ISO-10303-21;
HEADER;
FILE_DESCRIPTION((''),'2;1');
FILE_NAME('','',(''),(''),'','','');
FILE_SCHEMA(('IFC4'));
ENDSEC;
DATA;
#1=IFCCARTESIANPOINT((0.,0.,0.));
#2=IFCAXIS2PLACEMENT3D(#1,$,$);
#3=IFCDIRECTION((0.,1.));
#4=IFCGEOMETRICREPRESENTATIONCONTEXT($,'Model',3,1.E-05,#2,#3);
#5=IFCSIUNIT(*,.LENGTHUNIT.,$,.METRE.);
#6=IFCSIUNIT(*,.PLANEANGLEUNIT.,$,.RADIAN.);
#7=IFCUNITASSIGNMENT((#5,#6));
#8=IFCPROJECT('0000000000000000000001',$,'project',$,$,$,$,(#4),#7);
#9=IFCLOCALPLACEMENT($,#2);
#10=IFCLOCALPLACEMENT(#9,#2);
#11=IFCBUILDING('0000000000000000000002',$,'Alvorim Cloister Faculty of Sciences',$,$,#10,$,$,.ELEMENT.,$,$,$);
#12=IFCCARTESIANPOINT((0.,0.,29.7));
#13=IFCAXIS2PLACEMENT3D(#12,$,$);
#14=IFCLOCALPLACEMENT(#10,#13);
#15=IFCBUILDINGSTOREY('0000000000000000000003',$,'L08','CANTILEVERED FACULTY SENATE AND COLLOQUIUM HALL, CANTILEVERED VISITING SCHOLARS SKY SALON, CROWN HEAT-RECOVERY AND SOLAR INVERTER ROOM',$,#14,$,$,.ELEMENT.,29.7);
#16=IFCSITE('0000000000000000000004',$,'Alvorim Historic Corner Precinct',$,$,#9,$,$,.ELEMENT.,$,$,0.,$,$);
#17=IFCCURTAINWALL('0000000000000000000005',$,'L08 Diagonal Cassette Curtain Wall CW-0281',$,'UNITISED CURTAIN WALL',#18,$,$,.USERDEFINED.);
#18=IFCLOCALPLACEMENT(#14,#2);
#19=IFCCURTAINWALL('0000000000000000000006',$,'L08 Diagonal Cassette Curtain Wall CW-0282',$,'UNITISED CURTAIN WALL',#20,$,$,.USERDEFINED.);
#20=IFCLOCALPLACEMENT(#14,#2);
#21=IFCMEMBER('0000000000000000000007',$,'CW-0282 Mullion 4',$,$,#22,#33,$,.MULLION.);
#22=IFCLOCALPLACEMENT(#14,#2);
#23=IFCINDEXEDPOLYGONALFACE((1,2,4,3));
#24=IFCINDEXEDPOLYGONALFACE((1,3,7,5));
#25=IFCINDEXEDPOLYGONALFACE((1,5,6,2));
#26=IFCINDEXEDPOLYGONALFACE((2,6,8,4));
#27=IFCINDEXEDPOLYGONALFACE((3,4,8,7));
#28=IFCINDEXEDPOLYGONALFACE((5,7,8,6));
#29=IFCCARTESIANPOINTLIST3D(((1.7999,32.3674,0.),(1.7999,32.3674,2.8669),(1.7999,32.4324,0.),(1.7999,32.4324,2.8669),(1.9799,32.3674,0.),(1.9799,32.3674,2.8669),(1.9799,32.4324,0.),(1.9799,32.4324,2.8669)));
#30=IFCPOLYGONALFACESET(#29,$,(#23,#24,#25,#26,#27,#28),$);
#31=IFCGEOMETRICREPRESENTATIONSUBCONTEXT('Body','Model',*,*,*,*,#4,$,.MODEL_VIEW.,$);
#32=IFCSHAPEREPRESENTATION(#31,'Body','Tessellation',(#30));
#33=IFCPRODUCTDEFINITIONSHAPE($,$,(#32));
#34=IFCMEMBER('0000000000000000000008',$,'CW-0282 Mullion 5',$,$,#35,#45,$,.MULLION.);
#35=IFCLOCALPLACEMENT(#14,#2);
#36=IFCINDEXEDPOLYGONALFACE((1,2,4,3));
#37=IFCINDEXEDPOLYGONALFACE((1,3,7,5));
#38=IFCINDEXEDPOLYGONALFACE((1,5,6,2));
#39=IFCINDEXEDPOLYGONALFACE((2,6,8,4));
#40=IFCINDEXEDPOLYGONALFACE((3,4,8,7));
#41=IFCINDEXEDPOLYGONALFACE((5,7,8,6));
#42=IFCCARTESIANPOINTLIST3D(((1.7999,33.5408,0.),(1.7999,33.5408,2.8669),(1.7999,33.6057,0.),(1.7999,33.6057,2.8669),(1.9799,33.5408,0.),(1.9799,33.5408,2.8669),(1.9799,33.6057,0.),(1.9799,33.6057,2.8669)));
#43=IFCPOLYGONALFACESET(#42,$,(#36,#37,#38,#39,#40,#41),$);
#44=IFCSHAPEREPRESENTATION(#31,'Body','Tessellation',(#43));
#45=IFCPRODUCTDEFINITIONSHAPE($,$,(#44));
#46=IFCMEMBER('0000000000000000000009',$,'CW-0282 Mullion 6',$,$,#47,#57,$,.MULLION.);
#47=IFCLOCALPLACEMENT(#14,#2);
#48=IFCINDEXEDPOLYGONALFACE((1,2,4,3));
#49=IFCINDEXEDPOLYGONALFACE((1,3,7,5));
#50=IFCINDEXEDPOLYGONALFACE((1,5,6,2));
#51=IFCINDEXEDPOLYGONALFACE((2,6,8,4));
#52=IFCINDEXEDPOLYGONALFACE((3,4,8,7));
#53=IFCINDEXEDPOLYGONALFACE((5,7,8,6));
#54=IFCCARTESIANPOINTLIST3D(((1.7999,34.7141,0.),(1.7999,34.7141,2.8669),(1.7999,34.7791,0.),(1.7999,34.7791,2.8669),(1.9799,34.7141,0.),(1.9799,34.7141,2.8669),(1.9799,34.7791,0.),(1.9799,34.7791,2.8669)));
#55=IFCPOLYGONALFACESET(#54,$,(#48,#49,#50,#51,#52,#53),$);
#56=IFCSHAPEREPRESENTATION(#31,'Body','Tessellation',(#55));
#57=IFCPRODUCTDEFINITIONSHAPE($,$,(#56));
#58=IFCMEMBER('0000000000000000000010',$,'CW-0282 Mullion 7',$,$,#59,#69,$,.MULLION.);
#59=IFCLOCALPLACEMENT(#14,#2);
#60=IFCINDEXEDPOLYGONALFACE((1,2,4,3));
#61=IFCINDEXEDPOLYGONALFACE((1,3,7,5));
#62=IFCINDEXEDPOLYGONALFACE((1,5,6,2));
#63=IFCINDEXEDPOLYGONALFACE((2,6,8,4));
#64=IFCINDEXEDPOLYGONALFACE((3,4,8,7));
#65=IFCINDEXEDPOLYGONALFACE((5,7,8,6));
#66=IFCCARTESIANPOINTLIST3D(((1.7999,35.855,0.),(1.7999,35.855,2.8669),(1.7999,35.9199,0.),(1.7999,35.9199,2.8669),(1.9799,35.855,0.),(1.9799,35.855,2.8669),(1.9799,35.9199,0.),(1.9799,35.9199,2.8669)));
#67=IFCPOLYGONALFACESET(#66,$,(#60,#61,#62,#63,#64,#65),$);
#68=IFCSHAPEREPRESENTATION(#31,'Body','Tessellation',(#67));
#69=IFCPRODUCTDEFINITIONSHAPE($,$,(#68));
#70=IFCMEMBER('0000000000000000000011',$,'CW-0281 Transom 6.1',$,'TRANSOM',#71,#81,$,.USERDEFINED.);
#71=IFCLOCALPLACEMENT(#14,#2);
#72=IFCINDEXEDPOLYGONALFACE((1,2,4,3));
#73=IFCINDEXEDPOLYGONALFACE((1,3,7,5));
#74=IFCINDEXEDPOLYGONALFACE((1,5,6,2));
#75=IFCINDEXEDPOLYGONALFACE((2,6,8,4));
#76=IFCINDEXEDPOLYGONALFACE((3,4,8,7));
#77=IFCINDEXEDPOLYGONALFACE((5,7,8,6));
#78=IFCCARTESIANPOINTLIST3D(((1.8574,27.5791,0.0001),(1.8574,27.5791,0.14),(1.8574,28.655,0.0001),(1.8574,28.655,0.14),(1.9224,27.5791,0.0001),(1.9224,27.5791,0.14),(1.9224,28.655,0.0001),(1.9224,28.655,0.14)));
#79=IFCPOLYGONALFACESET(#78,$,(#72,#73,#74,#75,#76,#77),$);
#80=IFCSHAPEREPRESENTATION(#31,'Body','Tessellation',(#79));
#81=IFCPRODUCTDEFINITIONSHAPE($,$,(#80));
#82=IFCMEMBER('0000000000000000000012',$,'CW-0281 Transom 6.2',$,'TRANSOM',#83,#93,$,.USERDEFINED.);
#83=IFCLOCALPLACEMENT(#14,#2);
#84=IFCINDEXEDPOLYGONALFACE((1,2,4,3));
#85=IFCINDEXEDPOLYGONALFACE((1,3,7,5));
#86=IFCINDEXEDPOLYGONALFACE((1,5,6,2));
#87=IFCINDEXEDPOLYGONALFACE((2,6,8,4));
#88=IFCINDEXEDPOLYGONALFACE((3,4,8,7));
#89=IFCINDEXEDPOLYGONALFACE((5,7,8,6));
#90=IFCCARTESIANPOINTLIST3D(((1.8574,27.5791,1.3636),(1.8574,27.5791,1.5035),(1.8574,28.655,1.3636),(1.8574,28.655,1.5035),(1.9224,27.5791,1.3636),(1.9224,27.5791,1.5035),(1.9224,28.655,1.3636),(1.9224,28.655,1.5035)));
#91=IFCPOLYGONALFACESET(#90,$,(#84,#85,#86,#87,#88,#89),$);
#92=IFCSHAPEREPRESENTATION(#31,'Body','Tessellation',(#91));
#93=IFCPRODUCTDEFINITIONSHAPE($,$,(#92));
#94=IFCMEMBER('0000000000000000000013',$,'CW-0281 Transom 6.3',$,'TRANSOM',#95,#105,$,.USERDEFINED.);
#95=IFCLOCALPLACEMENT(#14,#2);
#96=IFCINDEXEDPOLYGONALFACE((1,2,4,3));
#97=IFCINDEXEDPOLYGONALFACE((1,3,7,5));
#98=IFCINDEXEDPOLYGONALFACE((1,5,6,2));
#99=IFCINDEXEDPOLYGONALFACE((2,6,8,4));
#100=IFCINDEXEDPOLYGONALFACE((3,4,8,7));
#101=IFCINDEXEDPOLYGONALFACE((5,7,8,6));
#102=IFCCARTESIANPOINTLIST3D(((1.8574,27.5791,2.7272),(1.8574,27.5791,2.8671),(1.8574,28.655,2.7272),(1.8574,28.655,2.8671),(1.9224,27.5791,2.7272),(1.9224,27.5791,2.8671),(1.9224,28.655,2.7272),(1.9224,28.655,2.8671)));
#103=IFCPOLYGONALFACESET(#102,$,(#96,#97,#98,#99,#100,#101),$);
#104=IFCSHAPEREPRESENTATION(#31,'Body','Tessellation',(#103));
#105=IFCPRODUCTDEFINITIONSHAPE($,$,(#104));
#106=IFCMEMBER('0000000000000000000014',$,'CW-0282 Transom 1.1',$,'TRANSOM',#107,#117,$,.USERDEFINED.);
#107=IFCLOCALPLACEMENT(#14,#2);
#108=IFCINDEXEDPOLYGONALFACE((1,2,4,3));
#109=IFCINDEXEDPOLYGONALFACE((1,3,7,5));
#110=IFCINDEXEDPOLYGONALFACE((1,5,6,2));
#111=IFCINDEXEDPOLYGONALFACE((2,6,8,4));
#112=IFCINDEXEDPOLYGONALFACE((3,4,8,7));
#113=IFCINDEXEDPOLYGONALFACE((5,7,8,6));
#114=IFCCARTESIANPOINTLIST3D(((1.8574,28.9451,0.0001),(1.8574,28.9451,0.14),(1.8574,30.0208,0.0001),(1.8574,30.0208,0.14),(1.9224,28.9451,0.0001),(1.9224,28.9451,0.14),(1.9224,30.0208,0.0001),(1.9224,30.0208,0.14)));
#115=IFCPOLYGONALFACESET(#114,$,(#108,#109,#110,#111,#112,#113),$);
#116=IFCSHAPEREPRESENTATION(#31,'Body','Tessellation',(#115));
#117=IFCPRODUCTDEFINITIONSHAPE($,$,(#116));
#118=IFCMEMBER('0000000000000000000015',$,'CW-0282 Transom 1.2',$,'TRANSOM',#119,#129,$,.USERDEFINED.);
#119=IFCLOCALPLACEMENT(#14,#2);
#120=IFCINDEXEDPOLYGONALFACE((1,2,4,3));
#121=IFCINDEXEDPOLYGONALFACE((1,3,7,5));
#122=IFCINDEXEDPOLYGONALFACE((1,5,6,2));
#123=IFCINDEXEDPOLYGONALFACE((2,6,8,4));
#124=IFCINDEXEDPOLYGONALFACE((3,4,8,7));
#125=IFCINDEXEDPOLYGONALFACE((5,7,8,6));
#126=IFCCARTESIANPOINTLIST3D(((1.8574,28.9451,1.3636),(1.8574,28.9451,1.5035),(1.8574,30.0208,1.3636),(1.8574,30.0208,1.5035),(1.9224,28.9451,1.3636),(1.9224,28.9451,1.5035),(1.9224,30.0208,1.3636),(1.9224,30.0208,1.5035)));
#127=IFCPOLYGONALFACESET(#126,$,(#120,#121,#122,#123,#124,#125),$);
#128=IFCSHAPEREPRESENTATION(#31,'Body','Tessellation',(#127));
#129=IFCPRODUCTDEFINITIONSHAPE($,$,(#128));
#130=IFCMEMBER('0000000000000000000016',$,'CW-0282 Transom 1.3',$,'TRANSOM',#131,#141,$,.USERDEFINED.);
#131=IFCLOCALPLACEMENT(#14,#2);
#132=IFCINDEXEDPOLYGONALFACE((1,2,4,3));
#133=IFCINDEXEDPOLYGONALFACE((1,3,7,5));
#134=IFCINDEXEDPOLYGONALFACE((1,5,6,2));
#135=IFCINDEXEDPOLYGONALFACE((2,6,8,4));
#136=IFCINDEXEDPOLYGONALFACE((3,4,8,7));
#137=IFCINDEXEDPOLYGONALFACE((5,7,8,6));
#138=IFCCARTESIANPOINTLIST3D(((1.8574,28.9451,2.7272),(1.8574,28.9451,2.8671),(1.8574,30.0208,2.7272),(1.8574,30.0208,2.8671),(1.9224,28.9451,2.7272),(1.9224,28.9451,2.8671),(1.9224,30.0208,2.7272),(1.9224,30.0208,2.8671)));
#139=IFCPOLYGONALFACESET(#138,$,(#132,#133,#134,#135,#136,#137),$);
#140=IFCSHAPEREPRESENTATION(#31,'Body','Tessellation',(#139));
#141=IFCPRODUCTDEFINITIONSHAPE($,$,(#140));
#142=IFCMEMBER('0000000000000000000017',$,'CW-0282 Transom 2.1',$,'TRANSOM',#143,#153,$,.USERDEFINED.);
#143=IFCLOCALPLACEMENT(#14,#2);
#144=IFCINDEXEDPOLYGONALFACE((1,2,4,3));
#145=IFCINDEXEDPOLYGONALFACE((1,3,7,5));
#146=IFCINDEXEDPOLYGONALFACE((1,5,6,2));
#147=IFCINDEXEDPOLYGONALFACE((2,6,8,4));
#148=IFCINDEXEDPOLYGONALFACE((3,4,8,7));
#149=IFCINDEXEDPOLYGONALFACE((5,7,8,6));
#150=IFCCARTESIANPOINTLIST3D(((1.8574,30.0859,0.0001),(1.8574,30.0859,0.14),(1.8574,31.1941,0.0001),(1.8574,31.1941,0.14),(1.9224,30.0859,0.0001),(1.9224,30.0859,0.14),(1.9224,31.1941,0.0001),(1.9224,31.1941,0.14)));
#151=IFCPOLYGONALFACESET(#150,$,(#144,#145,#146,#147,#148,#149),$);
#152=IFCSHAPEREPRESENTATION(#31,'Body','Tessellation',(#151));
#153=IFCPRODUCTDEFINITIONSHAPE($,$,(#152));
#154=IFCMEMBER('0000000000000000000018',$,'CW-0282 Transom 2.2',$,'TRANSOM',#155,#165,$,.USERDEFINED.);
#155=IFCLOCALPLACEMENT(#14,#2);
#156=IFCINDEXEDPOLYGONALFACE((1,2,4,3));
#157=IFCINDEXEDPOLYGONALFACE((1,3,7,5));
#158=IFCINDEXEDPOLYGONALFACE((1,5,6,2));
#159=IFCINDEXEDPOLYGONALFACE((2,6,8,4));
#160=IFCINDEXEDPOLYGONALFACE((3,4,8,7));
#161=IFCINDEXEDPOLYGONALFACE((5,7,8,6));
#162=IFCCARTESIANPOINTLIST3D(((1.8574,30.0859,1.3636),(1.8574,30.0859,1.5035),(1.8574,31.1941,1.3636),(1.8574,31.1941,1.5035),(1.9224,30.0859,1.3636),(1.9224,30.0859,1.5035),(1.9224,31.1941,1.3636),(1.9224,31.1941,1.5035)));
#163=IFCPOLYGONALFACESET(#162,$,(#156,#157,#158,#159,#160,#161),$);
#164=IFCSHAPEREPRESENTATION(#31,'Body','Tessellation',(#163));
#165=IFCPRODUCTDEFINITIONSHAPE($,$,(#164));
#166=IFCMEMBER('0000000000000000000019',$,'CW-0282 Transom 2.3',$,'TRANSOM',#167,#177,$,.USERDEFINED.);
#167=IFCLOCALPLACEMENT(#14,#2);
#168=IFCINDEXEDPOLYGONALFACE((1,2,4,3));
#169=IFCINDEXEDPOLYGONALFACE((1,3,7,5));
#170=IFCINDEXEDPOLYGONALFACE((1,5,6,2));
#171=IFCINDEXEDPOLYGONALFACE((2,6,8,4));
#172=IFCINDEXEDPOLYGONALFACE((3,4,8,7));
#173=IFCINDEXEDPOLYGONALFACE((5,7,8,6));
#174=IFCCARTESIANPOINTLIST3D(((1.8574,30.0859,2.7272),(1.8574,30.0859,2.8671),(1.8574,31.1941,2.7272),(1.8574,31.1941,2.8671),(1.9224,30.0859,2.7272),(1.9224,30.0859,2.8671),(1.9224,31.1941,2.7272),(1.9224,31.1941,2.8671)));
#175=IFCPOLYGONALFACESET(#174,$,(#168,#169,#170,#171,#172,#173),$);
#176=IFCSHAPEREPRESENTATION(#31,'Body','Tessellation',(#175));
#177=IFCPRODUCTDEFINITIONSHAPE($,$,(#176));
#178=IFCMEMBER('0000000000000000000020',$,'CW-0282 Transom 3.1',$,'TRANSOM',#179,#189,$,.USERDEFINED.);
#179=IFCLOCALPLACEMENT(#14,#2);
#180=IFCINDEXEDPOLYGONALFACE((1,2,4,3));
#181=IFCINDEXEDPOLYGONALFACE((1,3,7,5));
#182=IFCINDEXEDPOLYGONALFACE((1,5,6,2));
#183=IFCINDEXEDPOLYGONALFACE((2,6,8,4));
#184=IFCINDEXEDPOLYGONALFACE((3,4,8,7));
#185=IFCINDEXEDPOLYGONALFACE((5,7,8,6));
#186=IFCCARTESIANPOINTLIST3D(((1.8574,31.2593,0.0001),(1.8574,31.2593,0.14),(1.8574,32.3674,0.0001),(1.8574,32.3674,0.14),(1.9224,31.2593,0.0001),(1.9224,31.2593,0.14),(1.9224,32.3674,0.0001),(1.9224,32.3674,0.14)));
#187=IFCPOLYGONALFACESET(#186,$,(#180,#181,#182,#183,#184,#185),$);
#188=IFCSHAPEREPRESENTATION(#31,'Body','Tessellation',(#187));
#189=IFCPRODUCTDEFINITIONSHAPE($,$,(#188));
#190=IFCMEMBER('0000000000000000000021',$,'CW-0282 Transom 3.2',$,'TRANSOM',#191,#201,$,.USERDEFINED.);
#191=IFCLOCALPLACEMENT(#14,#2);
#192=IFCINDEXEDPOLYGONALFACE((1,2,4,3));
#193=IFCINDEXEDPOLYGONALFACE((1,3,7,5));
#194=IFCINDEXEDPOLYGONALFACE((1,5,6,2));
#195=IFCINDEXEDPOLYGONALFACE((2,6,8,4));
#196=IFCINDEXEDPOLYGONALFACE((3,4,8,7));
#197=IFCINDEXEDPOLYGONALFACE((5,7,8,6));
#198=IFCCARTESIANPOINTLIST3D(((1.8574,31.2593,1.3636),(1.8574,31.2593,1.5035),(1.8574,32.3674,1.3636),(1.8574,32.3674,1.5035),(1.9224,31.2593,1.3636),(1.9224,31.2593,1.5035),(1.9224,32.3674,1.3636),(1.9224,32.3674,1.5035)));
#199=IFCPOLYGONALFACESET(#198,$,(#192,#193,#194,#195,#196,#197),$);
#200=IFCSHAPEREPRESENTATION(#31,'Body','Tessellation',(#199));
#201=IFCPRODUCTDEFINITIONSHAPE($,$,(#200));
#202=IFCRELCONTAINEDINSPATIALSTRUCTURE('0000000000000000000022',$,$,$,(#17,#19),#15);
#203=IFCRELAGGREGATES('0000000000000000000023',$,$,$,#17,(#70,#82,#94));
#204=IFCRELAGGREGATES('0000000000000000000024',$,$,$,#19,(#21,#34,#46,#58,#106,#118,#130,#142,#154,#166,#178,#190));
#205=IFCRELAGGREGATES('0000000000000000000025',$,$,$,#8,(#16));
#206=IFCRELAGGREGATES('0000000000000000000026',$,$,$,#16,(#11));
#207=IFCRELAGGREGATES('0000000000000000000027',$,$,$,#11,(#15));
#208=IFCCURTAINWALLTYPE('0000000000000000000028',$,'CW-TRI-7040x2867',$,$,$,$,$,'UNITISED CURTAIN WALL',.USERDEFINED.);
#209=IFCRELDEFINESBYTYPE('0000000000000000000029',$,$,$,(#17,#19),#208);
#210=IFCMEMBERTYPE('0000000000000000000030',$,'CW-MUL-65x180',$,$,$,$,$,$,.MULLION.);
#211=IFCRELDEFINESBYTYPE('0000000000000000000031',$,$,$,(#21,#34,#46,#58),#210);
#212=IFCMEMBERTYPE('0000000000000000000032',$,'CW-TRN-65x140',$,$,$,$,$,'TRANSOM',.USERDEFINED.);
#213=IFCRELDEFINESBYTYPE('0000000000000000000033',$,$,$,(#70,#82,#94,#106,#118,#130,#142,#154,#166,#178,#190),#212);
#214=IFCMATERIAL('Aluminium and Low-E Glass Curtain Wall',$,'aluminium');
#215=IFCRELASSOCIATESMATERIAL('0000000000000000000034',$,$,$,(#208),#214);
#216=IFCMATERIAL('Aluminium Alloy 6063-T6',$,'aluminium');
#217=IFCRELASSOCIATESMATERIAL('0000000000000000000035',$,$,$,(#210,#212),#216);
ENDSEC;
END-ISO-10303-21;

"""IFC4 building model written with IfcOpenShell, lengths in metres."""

from ifc_helpers import new_model, si_unit, direction, frame, origin, origin_2d, place, context, subcontext, project, spatial, rectangle, extrude, material, material_profile, profile_set, type_object, element, aggregate, save


model = new_model("IFC4")

# Units and contexts
model_context = context("Model", 3, precision=1e-05, world=origin(), true_north=direction((0.0, 1.0)))
body_context = subcontext(model_context, "Body", "Model", "MODEL_VIEW")
ifc_project = project(units=[si_unit("LENGTHUNIT", "METRE"), si_unit("PLANEANGLEUNIT", "RADIAN")], contexts=[model_context])

# Site, building, storey
site_placement = place(None, origin())
site = spatial("IfcSite", under=ifc_project, at=site_placement, Name="Alvorim Historic Corner Precinct", CompositionType="ELEMENT", RefElevation=0.0)
building_placement = place(site_placement, origin())
building = spatial("IfcBuilding", under=site, at=building_placement, Name="Alvorim Cloister Faculty of Sciences", CompositionType="ELEMENT")
storey_placement = place(building_placement, frame((0.0, 0.0, 29.7)))
storey = spatial("IfcBuildingStorey", under=building, at=storey_placement, Name="L08", Description="CANTILEVERED FACULTY SENATE AND COLLOQUIUM HALL, CANTILEVERED VISITING SCHOLARS SKY SALON, CROWN HEAT-RECOVERY AND SOLAR INVERTER ROOM", CompositionType="ELEMENT", Elevation=29.7)

# Curtain wall
ifc_material_1 = material(Name="Aluminium and Low-E Glass Curtain Wall", Category="aluminium")
curtain_wall_type = type_object("IfcCurtainWallType", Name="CW-TRI-7040x2867", ElementType="UNITISED CURTAIN WALL", PredefinedType="USERDEFINED", material=ifc_material_1)
curtain_wall_1_placement = place(storey_placement, origin())
curtain_wall_1 = element("IfcCurtainWall", 1, at=curtain_wall_1_placement, inside=storey, type_object=curtain_wall_type, Name="L08 Diagonal Cassette Curtain Wall CW-0281", ObjectType="UNITISED CURTAIN WALL", PredefinedType="USERDEFINED")
ifc_material_2 = material(Name="Aluminium Alloy 6063-T6", Category="aluminium")
ifc_material_profile_1 = material_profile(ifc_material_2, rectangle(XDim=0.0649, YDim=0.1799, at=origin_2d()), Name="ALU-MUL-65x180")
ifc_profile_set_1 = profile_set([ifc_material_profile_1], Name="Aluminium Alloy 6063-T6")
member_type_1 = type_object("IfcMemberType", Name="CW-MUL-65x180", PredefinedType="MULLION", material=ifc_profile_set_1)

# Curtain wall, members
curtain_wall_2_placement = place(storey_placement, origin())
curtain_wall_2 = element("IfcCurtainWall", 2, at=curtain_wall_2_placement, inside=storey, type_object=curtain_wall_type, Name="L08 Diagonal Cassette Curtain Wall CW-0282", ObjectType="UNITISED CURTAIN WALL", PredefinedType="USERDEFINED")
member_1_placement = place(storey_placement, frame((1.8899, 32.3999, 0.0), z_axis=(0.0, 0.0, 1.0), x_axis=(0.0, 1.0, 0.0)))
member_1 = element("IfcMember", 3, at=member_1_placement, type_object=member_type_1, Name="CW-0282 Mullion 4", PredefinedType="MULLION", context=body_context, shape_type="SweptSolid", body=[
    extrude(rectangle(XDim=0.0649, YDim=0.1799, at=origin_2d()), origin(), (0.0, 0.0, 1.0), 2.8669),
])
member_2_placement = place(storey_placement, frame((1.8899, 33.5732, 0.0), z_axis=(0.0, 0.0, 1.0), x_axis=(0.0, 1.0, 0.0)))
member_2 = element("IfcMember", 4, at=member_2_placement, type_object=member_type_1, Name="CW-0282 Mullion 5", PredefinedType="MULLION", context=body_context, shape_type="SweptSolid", body=[
    extrude(rectangle(XDim=0.0649, YDim=0.1799, at=origin_2d()), origin(), (0.0, 0.0, 1.0), 2.8669),
])
member_3_placement = place(storey_placement, frame((1.8899, 34.7466, 0.0), z_axis=(0.0, 0.0, 1.0), x_axis=(0.0, 1.0, 0.0)))
member_3 = element("IfcMember", 5, at=member_3_placement, type_object=member_type_1, Name="CW-0282 Mullion 6", PredefinedType="MULLION", context=body_context, shape_type="SweptSolid", body=[
    extrude(rectangle(XDim=0.0649, YDim=0.1799, at=origin_2d()), origin(), (0.0, 0.0, 1.0), 2.8669),
])
member_4_placement = place(storey_placement, frame((1.8899, 35.8875, 0.0), z_axis=(0.0, 0.0, 1.0), x_axis=(0.0, 1.0, 0.0)))
member_4 = element("IfcMember", 6, at=member_4_placement, type_object=member_type_1, Name="CW-0282 Mullion 7", PredefinedType="MULLION", context=body_context, shape_type="SweptSolid", body=[
    extrude(rectangle(XDim=0.0649, YDim=0.1799, at=origin_2d()), origin(), (0.0, 0.0, 1.0), 2.8669),
])

# Members
ifc_material_profile_2 = material_profile(ifc_material_2, rectangle(XDim=0.0649, YDim=0.1399, at=origin_2d()), Name="ALU-TRN-65x140")
ifc_profile_set_2 = profile_set([ifc_material_profile_2], Name="Aluminium Alloy 6063-T6")
member_type_2 = type_object("IfcMemberType", Name="CW-TRN-65x140", ElementType="TRANSOM", PredefinedType="USERDEFINED", material=ifc_profile_set_2)
member_5_placement = place(storey_placement, frame((1.8899, 27.5791, 0.0701), z_axis=(0.0, 1.0, 0.0), x_axis=(-1.0, 0.0, 0.0)))
member_5 = element("IfcMember", 7, at=member_5_placement, type_object=member_type_2, Name="CW-0281 Transom 6.1", ObjectType="TRANSOM", PredefinedType="USERDEFINED", context=body_context, shape_type="SweptSolid", body=[
    extrude(rectangle(XDim=0.0649, YDim=0.1399, at=origin_2d()), origin(), (0.0, 0.0, 1.0), 1.0759),
])
member_6_placement = place(storey_placement, frame((1.8899, 27.5791, 1.4336), z_axis=(0.0, 1.0, 0.0), x_axis=(-1.0, 0.0, 0.0)))
member_6 = element("IfcMember", 8, at=member_6_placement, type_object=member_type_2, Name="CW-0281 Transom 6.2", ObjectType="TRANSOM", PredefinedType="USERDEFINED", context=body_context, shape_type="SweptSolid", body=[
    extrude(rectangle(XDim=0.0649, YDim=0.1399, at=origin_2d()), origin(), (0.0, 0.0, 1.0), 1.0759),
])
member_7_placement = place(storey_placement, frame((1.8899, 27.5791, 2.7971), z_axis=(0.0, 1.0, 0.0), x_axis=(-1.0, 0.0, 0.0)))
member_7 = element("IfcMember", 9, at=member_7_placement, type_object=member_type_2, Name="CW-0281 Transom 6.3", ObjectType="TRANSOM", PredefinedType="USERDEFINED", context=body_context, shape_type="SweptSolid", body=[
    extrude(rectangle(XDim=0.0649, YDim=0.1399, at=origin_2d()), origin(), (0.0, 0.0, 1.0), 1.0759),
])
aggregate(curtain_wall_1, [member_5, member_6, member_7])
member_8_placement = place(storey_placement, frame((1.8899, 28.9451, 0.0701), z_axis=(0.0, 1.0, 0.0), x_axis=(-1.0, 0.0, 0.0)))
member_8 = element("IfcMember", 10, at=member_8_placement, type_object=member_type_2, Name="CW-0282 Transom 1.1", ObjectType="TRANSOM", PredefinedType="USERDEFINED", context=body_context, shape_type="SweptSolid", body=[
    extrude(rectangle(XDim=0.0649, YDim=0.1399, at=origin_2d()), origin(), (0.0, 0.0, 1.0), 1.0757),
])
member_9_placement = place(storey_placement, frame((1.8899, 28.9451, 1.4336), z_axis=(0.0, 1.0, 0.0), x_axis=(-1.0, 0.0, 0.0)))
member_9 = element("IfcMember", 11, at=member_9_placement, type_object=member_type_2, Name="CW-0282 Transom 1.2", ObjectType="TRANSOM", PredefinedType="USERDEFINED", context=body_context, shape_type="SweptSolid", body=[
    extrude(rectangle(XDim=0.0649, YDim=0.1399, at=origin_2d()), origin(), (0.0, 0.0, 1.0), 1.0757),
])
member_10_placement = place(storey_placement, frame((1.8899, 28.9451, 2.7971), z_axis=(0.0, 1.0, 0.0), x_axis=(-1.0, 0.0, 0.0)))
member_10 = element("IfcMember", 12, at=member_10_placement, type_object=member_type_2, Name="CW-0282 Transom 1.3", ObjectType="TRANSOM", PredefinedType="USERDEFINED", context=body_context, shape_type="SweptSolid", body=[
    extrude(rectangle(XDim=0.0649, YDim=0.1399, at=origin_2d()), origin(), (0.0, 0.0, 1.0), 1.0757),
])
member_11_placement = place(storey_placement, frame((1.8899, 30.0859, 0.0701), z_axis=(0.0, 1.0, 0.0), x_axis=(-1.0, 0.0, 0.0)))
member_11 = element("IfcMember", 13, at=member_11_placement, type_object=member_type_2, Name="CW-0282 Transom 2.1", ObjectType="TRANSOM", PredefinedType="USERDEFINED", context=body_context, shape_type="SweptSolid", body=[
    extrude(rectangle(XDim=0.0649, YDim=0.1399, at=origin_2d()), origin(), (0.0, 0.0, 1.0), 1.1082),
])
member_12_placement = place(storey_placement, frame((1.8899, 30.0859, 1.4336), z_axis=(0.0, 1.0, 0.0), x_axis=(-1.0, 0.0, 0.0)))
member_12 = element("IfcMember", 14, at=member_12_placement, type_object=member_type_2, Name="CW-0282 Transom 2.2", ObjectType="TRANSOM", PredefinedType="USERDEFINED", context=body_context, shape_type="SweptSolid", body=[
    extrude(rectangle(XDim=0.0649, YDim=0.1399, at=origin_2d()), origin(), (0.0, 0.0, 1.0), 1.1082),
])
member_13_placement = place(storey_placement, frame((1.8899, 30.0859, 2.7971), z_axis=(0.0, 1.0, 0.0), x_axis=(-1.0, 0.0, 0.0)))
member_13 = element("IfcMember", 15, at=member_13_placement, type_object=member_type_2, Name="CW-0282 Transom 2.3", ObjectType="TRANSOM", PredefinedType="USERDEFINED", context=body_context, shape_type="SweptSolid", body=[
    extrude(rectangle(XDim=0.0649, YDim=0.1399, at=origin_2d()), origin(), (0.0, 0.0, 1.0), 1.1082),
])
member_14_placement = place(storey_placement, frame((1.8899, 31.2593, 0.0701), z_axis=(0.0, 1.0, 0.0), x_axis=(-1.0, 0.0, 0.0)))
member_14 = element("IfcMember", 16, at=member_14_placement, type_object=member_type_2, Name="CW-0282 Transom 3.1", ObjectType="TRANSOM", PredefinedType="USERDEFINED", context=body_context, shape_type="SweptSolid", body=[
    extrude(rectangle(XDim=0.0649, YDim=0.1399, at=origin_2d()), origin(), (0.0, 0.0, 1.0), 1.1082),
])
member_15_placement = place(storey_placement, frame((1.8899, 31.2593, 1.4336), z_axis=(0.0, 1.0, 0.0), x_axis=(-1.0, 0.0, 0.0)))
member_15 = element("IfcMember", 17, at=member_15_placement, type_object=member_type_2, Name="CW-0282 Transom 3.2", ObjectType="TRANSOM", PredefinedType="USERDEFINED", context=body_context, shape_type="SweptSolid", body=[
    extrude(rectangle(XDim=0.0649, YDim=0.1399, at=origin_2d()), origin(), (0.0, 0.0, 1.0), 1.1082),
])
aggregate(curtain_wall_2, [member_1, member_2, member_3, member_4, member_8, member_9, member_10, member_11, member_12, member_13, member_14, member_15])

save(model, "model.ifc")
